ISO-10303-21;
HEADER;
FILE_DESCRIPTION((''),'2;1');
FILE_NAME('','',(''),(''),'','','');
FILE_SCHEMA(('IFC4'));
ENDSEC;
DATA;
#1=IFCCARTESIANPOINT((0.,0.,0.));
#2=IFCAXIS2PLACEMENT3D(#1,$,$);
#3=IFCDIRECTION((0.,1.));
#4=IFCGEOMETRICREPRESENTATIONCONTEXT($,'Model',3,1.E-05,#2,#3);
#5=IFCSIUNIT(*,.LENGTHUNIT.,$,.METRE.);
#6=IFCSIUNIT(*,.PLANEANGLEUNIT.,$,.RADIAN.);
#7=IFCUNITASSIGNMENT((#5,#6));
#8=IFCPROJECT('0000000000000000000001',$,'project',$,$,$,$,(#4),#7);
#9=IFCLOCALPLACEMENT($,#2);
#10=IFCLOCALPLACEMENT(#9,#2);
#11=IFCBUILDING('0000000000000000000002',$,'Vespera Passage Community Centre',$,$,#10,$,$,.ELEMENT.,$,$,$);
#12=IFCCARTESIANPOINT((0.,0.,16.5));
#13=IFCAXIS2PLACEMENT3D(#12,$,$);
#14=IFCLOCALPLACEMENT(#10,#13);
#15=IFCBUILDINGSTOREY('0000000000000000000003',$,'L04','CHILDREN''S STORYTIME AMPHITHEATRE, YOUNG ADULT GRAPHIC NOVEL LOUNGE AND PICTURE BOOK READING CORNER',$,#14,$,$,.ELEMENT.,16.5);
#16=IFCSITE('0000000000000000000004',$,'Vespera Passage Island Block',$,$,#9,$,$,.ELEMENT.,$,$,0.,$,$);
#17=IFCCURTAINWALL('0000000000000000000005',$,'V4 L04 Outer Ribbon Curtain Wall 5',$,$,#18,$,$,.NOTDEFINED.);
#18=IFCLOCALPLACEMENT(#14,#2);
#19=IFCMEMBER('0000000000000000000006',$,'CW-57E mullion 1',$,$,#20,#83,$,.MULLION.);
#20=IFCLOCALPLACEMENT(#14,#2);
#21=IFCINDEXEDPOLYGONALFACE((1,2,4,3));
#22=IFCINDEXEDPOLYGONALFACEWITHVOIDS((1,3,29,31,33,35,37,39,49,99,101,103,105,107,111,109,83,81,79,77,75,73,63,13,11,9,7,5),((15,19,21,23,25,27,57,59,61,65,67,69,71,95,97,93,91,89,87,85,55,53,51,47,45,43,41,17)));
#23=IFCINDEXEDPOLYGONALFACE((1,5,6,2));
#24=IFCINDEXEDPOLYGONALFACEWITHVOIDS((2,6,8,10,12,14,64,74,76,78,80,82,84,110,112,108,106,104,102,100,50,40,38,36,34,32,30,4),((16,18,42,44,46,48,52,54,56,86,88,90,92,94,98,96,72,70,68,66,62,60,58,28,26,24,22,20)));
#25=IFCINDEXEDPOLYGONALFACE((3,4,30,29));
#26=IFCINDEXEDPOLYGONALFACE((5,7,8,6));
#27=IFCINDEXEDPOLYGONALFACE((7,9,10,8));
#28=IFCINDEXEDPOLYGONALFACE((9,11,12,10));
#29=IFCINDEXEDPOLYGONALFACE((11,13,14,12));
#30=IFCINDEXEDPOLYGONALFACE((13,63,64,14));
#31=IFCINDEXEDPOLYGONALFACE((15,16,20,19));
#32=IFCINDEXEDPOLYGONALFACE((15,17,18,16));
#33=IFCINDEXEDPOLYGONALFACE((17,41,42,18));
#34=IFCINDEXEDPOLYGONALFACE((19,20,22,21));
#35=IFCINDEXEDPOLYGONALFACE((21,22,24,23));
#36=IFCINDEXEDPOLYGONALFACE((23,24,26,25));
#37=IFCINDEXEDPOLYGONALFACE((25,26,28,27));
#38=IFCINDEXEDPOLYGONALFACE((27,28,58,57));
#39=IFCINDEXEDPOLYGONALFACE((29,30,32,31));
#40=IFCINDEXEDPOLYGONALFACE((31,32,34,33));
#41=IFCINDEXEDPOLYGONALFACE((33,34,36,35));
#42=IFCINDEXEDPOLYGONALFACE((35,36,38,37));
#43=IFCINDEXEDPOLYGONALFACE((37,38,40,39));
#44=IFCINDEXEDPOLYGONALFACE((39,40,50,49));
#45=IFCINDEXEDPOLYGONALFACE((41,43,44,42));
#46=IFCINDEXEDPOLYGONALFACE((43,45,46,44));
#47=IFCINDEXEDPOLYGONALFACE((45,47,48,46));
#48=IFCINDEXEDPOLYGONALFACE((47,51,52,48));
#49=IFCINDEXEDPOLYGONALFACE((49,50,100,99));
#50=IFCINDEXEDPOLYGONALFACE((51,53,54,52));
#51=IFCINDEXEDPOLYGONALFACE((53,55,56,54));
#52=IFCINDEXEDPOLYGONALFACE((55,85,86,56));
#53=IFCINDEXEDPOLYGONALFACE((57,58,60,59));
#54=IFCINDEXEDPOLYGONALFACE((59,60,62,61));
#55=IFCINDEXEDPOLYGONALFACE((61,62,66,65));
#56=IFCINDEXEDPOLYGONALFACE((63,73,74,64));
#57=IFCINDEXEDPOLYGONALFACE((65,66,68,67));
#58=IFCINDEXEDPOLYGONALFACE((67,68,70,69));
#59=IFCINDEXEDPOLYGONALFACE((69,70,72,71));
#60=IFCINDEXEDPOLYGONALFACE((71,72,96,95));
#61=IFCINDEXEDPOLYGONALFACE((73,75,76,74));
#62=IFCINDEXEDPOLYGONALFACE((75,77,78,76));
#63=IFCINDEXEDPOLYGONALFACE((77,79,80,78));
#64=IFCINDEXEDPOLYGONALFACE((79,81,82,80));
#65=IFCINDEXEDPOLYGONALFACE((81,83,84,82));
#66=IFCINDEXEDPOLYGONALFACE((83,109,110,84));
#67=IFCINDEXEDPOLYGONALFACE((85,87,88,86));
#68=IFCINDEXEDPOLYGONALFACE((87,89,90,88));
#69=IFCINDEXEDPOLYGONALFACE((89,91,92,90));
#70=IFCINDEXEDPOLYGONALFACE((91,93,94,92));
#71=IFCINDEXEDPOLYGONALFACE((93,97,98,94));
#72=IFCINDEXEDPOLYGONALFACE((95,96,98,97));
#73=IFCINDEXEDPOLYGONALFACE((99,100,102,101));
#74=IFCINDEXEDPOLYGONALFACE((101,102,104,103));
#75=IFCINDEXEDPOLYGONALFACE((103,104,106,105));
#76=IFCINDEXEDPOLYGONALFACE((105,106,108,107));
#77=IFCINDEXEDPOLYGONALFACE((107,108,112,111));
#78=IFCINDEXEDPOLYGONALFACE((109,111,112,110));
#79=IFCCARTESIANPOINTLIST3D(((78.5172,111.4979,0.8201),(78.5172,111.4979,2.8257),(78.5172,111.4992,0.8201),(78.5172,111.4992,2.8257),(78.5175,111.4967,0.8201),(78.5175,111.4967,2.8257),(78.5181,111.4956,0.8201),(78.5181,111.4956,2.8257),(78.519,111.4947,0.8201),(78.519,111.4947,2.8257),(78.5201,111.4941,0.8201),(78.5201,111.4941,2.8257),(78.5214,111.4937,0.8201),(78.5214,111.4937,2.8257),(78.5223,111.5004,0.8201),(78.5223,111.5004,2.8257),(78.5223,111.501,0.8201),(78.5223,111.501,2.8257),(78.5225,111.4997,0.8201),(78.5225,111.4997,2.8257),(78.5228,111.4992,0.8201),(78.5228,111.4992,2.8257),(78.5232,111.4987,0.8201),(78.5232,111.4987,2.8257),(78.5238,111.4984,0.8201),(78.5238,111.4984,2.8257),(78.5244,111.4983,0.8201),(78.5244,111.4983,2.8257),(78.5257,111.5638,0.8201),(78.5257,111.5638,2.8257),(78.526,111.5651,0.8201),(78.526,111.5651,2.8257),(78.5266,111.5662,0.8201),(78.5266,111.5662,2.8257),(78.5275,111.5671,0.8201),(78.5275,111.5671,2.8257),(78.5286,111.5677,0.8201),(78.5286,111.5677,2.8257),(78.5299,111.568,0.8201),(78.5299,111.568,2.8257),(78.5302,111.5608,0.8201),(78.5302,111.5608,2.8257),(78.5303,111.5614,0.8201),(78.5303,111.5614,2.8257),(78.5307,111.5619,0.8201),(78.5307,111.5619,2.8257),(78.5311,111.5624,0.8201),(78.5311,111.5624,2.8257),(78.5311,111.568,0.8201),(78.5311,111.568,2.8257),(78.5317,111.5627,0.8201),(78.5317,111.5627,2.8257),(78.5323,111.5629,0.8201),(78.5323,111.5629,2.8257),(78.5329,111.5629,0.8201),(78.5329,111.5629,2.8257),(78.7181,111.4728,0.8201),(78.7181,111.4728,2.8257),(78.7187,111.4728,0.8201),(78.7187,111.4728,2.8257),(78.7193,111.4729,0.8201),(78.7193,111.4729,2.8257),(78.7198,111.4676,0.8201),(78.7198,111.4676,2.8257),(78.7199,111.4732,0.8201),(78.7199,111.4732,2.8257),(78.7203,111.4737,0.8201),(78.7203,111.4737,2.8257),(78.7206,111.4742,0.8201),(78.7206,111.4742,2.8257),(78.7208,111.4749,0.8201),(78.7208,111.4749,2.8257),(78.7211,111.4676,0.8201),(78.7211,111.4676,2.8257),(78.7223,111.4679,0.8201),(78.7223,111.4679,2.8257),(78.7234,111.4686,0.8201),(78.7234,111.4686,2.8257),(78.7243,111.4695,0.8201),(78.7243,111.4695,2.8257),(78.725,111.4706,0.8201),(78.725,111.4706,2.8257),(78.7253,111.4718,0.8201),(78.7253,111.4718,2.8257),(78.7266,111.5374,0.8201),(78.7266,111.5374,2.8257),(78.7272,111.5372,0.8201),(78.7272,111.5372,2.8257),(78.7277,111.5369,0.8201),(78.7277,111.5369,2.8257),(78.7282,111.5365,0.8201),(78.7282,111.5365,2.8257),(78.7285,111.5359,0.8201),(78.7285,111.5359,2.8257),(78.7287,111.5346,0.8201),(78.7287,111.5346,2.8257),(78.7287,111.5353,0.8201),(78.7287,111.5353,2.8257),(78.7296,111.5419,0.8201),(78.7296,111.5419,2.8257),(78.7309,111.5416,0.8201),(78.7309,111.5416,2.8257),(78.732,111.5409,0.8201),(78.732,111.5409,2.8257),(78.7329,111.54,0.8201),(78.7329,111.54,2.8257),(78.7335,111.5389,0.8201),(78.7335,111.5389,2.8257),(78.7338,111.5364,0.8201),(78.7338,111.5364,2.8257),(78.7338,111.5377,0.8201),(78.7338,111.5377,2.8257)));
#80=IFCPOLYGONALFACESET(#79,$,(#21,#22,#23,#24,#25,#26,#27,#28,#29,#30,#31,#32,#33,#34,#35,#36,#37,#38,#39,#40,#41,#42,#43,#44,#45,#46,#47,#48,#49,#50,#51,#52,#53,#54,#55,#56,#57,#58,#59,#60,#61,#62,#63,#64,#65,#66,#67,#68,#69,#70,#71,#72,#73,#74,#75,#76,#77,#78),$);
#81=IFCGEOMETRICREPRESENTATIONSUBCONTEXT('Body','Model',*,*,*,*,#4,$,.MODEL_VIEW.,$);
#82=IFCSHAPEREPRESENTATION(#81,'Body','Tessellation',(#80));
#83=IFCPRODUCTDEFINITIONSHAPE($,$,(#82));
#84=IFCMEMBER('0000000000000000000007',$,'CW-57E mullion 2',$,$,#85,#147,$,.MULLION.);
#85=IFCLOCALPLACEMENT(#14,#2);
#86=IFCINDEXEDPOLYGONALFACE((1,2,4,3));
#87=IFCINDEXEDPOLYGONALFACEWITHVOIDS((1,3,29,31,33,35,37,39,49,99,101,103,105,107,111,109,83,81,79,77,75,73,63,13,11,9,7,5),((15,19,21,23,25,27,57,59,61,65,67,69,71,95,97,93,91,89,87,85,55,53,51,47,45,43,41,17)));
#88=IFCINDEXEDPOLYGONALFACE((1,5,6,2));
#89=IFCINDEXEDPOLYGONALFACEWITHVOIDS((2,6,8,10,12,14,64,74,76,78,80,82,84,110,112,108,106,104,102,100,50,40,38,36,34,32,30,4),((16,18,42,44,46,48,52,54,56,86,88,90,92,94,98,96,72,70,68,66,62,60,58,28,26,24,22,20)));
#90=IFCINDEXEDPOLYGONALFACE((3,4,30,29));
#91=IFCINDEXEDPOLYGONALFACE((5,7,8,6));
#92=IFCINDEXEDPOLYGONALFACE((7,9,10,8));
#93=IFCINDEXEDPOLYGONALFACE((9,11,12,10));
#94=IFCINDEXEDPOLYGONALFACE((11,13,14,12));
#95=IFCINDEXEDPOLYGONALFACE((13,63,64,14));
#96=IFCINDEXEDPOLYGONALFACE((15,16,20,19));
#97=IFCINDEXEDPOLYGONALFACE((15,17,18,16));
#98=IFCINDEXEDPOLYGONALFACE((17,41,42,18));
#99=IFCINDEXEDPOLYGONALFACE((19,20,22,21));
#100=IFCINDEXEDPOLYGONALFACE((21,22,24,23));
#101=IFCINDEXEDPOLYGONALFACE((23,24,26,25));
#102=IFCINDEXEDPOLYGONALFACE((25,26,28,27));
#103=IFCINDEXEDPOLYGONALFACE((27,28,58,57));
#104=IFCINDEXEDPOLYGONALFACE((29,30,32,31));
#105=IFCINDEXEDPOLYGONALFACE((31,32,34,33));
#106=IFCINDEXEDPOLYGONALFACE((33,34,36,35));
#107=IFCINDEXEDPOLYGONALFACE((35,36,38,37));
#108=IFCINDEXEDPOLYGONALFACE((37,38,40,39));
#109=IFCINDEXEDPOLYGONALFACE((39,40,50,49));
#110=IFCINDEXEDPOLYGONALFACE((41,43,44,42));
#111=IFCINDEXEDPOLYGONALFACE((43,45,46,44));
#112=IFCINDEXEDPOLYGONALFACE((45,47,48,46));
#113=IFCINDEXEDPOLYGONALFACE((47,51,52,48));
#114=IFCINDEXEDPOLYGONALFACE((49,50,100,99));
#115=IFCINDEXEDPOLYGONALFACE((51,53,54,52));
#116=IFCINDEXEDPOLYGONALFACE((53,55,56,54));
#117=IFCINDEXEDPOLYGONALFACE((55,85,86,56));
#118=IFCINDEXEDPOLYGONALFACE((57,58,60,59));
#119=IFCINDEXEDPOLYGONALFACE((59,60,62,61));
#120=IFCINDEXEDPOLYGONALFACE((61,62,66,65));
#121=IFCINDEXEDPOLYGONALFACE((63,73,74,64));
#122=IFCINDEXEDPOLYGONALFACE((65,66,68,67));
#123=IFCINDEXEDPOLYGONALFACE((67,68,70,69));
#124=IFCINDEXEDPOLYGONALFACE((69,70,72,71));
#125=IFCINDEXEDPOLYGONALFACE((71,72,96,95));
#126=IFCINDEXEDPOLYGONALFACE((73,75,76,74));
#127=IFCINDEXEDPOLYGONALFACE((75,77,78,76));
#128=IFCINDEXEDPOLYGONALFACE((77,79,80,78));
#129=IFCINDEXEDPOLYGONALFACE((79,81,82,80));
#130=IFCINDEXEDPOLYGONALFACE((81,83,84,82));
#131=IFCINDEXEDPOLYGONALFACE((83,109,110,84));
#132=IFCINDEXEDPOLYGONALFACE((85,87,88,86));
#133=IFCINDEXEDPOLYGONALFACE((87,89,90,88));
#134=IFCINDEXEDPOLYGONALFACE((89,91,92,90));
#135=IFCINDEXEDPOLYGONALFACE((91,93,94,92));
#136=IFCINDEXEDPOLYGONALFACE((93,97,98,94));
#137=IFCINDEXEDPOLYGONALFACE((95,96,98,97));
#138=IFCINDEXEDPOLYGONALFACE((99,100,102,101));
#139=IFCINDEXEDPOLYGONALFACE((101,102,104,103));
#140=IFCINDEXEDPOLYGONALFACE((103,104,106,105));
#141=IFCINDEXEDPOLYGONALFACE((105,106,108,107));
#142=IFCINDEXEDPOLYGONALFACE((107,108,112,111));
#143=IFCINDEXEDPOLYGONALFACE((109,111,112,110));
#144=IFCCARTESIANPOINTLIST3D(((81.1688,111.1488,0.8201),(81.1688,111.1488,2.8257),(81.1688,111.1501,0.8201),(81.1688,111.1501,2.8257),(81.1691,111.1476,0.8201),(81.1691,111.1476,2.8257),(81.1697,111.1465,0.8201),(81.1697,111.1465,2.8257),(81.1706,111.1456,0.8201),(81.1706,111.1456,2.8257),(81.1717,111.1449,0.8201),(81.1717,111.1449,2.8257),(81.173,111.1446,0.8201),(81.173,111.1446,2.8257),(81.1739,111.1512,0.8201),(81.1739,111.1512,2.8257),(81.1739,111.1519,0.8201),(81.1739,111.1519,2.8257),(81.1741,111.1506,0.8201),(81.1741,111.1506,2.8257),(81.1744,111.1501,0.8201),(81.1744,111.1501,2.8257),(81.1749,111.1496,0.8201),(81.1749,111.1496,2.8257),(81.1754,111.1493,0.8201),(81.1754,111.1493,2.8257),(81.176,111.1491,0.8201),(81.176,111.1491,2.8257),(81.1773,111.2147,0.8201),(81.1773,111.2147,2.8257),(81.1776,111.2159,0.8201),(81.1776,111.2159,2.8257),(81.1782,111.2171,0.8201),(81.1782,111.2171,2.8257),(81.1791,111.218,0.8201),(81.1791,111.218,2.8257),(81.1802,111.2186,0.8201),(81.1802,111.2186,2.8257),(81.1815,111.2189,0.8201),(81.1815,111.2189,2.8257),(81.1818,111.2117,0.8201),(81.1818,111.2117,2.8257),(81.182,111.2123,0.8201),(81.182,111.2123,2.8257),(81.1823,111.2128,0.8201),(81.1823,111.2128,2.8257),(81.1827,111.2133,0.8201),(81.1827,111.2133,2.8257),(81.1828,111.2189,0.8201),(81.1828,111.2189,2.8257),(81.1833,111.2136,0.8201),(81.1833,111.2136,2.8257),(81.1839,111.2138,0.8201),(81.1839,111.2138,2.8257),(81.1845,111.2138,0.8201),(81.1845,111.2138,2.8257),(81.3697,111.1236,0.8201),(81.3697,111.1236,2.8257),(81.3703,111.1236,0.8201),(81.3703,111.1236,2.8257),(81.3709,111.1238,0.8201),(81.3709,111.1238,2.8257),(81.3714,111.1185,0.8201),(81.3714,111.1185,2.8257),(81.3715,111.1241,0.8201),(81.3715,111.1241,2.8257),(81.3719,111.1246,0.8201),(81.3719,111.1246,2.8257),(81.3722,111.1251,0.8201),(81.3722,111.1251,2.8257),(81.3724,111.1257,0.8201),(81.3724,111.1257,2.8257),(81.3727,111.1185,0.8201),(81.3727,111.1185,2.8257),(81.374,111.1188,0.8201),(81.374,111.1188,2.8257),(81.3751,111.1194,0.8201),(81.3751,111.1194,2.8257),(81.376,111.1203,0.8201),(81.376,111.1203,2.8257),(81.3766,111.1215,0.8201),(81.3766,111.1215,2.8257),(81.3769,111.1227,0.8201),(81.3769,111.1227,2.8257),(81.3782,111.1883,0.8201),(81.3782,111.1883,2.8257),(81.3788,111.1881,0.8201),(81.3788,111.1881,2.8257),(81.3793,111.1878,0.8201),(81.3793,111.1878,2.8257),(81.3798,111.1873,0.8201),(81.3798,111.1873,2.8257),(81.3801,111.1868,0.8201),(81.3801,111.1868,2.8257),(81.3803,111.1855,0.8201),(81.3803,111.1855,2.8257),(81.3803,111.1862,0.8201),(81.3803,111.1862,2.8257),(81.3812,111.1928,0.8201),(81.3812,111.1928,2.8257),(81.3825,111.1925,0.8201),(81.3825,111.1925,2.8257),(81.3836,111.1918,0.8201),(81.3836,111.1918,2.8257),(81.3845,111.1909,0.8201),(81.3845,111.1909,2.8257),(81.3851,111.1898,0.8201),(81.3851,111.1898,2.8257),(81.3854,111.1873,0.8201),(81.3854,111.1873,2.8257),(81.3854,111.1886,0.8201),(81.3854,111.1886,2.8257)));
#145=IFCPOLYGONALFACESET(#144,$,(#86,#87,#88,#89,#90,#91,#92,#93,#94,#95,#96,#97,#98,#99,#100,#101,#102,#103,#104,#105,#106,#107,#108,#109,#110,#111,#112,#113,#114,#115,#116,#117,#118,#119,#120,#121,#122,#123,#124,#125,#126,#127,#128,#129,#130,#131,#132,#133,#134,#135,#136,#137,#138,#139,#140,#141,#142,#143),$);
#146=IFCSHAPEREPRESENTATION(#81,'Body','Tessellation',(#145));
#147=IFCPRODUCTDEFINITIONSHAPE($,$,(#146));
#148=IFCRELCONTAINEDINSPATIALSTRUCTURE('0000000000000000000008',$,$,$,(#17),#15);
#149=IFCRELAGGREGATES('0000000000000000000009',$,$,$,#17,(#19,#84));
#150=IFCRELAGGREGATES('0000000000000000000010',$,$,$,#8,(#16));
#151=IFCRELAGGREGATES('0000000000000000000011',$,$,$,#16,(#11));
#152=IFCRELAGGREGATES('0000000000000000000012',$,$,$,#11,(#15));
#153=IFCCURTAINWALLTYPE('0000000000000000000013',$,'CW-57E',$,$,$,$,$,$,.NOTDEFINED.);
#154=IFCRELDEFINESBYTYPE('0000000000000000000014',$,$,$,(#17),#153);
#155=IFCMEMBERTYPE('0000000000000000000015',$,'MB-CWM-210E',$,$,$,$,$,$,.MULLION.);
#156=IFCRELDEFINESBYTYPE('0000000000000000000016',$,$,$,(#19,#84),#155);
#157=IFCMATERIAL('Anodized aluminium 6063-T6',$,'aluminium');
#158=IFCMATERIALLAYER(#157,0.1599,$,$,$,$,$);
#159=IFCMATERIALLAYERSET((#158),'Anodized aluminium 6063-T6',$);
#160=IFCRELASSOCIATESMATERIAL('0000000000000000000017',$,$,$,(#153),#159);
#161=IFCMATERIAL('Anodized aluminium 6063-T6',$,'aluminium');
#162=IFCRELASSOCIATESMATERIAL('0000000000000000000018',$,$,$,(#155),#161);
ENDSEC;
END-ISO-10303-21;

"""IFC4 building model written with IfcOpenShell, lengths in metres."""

from ifc_helpers import new_model, si_unit, direction, frame, origin, origin_2d, place, context, subcontext, project, spatial, hollow_rectangle, extrude, material, layer, layer_set, material_profile, profile_set, type_object, element, aggregate, save


model = new_model("IFC4")

# Units and contexts
model_context = context("Model", 3, precision=1e-05, world=origin(), true_north=direction((0.0, 1.0)))
body_context = subcontext(model_context, "Body", "Model", "MODEL_VIEW")
ifc_project = project(units=[si_unit("LENGTHUNIT", "METRE"), si_unit("PLANEANGLEUNIT", "RADIAN")], contexts=[model_context])

# Site, building, storey
site_placement = place(None, origin())
site = spatial("IfcSite", under=ifc_project, at=site_placement, Name="Vespera Passage Island Block", CompositionType="ELEMENT", RefElevation=0.0)
building_placement = place(site_placement, origin())
building = spatial("IfcBuilding", under=site, at=building_placement, Name="Vespera Passage Community Centre", CompositionType="ELEMENT")
storey_placement = place(building_placement, frame((0.0, 0.0, 16.5)))
storey = spatial("IfcBuildingStorey", under=building, at=storey_placement, Name="L04", Description="CHILDREN'S STORYTIME AMPHITHEATRE, YOUNG ADULT GRAPHIC NOVEL LOUNGE AND PICTURE BOOK READING CORNER", CompositionType="ELEMENT", Elevation=16.5)

# Curtain wall, members
ifc_material_1 = material(Name="Anodized aluminium 6063-T6", Category="aluminium")
ifc_layer_1 = layer(ifc_material_1, 0.1599)
ifc_layer_set_1 = layer_set([ifc_layer_1], Name="Anodized aluminium 6063-T6")
curtain_wall_type = type_object("IfcCurtainWallType", Name="CW-57E", PredefinedType="NOTDEFINED", material=ifc_layer_set_1)
curtain_wall_placement = place(storey_placement, origin())
curtain_wall = element("IfcCurtainWall", 1, at=curtain_wall_placement, inside=storey, type_object=curtain_wall_type, Name="V4 L04 Outer Ribbon Curtain Wall 5", PredefinedType="NOTDEFINED")
ifc_material_2 = material(Name="Anodized aluminium 6063-T6", Category="aluminium")
ifc_material_profile_1 = material_profile(ifc_material_2, hollow_rectangle(XDim=0.075, YDim=0.21, WallThickness=0.0049, InnerFilletRadius=0.0024, OuterFilletRadius=0.0049, at=origin_2d()), Name="ALU210X75X5")
ifc_profile_set_1 = profile_set([ifc_material_profile_1], Name="Anodized aluminium 6063-T6")
member_type_1 = type_object("IfcMemberType", Name="MB-CWM-210E", PredefinedType="MULLION", material=ifc_profile_set_1)
member_1_placement = place(storey_placement, frame((78.6255, 111.5178, 0.8201), z_axis=(0.0, 0.0, 1.0), x_axis=(0.130531, 0.991444, 0.0)))
member_1 = element("IfcMember", 2, at=member_1_placement, type_object=member_type_1, Name="CW-57E mullion 1", PredefinedType="MULLION", context=body_context, shape_type="SweptSolid", body=[
    extrude(hollow_rectangle(XDim=0.075, YDim=0.21, WallThickness=0.0049, InnerFilletRadius=0.0024, OuterFilletRadius=0.0049, at=origin_2d()), origin(), (0.0, 0.0, 1.0), 2.0056),
])
member_2_placement = place(storey_placement, frame((81.2771, 111.1687, 0.8201), z_axis=(0.0, 0.0, 1.0), x_axis=(0.130531, 0.991444, 0.0)))
member_2 = element("IfcMember", 3, at=member_2_placement, type_object=member_type_1, Name="CW-57E mullion 2", PredefinedType="MULLION", context=body_context, shape_type="SweptSolid", body=[
    extrude(hollow_rectangle(XDim=0.075, YDim=0.21, WallThickness=0.0049, InnerFilletRadius=0.0024, OuterFilletRadius=0.0049, at=origin_2d()), origin(), (0.0, 0.0, 1.0), 2.0056),
])
aggregate(curtain_wall, [member_1, member_2])

save(model, "model.ifc")
